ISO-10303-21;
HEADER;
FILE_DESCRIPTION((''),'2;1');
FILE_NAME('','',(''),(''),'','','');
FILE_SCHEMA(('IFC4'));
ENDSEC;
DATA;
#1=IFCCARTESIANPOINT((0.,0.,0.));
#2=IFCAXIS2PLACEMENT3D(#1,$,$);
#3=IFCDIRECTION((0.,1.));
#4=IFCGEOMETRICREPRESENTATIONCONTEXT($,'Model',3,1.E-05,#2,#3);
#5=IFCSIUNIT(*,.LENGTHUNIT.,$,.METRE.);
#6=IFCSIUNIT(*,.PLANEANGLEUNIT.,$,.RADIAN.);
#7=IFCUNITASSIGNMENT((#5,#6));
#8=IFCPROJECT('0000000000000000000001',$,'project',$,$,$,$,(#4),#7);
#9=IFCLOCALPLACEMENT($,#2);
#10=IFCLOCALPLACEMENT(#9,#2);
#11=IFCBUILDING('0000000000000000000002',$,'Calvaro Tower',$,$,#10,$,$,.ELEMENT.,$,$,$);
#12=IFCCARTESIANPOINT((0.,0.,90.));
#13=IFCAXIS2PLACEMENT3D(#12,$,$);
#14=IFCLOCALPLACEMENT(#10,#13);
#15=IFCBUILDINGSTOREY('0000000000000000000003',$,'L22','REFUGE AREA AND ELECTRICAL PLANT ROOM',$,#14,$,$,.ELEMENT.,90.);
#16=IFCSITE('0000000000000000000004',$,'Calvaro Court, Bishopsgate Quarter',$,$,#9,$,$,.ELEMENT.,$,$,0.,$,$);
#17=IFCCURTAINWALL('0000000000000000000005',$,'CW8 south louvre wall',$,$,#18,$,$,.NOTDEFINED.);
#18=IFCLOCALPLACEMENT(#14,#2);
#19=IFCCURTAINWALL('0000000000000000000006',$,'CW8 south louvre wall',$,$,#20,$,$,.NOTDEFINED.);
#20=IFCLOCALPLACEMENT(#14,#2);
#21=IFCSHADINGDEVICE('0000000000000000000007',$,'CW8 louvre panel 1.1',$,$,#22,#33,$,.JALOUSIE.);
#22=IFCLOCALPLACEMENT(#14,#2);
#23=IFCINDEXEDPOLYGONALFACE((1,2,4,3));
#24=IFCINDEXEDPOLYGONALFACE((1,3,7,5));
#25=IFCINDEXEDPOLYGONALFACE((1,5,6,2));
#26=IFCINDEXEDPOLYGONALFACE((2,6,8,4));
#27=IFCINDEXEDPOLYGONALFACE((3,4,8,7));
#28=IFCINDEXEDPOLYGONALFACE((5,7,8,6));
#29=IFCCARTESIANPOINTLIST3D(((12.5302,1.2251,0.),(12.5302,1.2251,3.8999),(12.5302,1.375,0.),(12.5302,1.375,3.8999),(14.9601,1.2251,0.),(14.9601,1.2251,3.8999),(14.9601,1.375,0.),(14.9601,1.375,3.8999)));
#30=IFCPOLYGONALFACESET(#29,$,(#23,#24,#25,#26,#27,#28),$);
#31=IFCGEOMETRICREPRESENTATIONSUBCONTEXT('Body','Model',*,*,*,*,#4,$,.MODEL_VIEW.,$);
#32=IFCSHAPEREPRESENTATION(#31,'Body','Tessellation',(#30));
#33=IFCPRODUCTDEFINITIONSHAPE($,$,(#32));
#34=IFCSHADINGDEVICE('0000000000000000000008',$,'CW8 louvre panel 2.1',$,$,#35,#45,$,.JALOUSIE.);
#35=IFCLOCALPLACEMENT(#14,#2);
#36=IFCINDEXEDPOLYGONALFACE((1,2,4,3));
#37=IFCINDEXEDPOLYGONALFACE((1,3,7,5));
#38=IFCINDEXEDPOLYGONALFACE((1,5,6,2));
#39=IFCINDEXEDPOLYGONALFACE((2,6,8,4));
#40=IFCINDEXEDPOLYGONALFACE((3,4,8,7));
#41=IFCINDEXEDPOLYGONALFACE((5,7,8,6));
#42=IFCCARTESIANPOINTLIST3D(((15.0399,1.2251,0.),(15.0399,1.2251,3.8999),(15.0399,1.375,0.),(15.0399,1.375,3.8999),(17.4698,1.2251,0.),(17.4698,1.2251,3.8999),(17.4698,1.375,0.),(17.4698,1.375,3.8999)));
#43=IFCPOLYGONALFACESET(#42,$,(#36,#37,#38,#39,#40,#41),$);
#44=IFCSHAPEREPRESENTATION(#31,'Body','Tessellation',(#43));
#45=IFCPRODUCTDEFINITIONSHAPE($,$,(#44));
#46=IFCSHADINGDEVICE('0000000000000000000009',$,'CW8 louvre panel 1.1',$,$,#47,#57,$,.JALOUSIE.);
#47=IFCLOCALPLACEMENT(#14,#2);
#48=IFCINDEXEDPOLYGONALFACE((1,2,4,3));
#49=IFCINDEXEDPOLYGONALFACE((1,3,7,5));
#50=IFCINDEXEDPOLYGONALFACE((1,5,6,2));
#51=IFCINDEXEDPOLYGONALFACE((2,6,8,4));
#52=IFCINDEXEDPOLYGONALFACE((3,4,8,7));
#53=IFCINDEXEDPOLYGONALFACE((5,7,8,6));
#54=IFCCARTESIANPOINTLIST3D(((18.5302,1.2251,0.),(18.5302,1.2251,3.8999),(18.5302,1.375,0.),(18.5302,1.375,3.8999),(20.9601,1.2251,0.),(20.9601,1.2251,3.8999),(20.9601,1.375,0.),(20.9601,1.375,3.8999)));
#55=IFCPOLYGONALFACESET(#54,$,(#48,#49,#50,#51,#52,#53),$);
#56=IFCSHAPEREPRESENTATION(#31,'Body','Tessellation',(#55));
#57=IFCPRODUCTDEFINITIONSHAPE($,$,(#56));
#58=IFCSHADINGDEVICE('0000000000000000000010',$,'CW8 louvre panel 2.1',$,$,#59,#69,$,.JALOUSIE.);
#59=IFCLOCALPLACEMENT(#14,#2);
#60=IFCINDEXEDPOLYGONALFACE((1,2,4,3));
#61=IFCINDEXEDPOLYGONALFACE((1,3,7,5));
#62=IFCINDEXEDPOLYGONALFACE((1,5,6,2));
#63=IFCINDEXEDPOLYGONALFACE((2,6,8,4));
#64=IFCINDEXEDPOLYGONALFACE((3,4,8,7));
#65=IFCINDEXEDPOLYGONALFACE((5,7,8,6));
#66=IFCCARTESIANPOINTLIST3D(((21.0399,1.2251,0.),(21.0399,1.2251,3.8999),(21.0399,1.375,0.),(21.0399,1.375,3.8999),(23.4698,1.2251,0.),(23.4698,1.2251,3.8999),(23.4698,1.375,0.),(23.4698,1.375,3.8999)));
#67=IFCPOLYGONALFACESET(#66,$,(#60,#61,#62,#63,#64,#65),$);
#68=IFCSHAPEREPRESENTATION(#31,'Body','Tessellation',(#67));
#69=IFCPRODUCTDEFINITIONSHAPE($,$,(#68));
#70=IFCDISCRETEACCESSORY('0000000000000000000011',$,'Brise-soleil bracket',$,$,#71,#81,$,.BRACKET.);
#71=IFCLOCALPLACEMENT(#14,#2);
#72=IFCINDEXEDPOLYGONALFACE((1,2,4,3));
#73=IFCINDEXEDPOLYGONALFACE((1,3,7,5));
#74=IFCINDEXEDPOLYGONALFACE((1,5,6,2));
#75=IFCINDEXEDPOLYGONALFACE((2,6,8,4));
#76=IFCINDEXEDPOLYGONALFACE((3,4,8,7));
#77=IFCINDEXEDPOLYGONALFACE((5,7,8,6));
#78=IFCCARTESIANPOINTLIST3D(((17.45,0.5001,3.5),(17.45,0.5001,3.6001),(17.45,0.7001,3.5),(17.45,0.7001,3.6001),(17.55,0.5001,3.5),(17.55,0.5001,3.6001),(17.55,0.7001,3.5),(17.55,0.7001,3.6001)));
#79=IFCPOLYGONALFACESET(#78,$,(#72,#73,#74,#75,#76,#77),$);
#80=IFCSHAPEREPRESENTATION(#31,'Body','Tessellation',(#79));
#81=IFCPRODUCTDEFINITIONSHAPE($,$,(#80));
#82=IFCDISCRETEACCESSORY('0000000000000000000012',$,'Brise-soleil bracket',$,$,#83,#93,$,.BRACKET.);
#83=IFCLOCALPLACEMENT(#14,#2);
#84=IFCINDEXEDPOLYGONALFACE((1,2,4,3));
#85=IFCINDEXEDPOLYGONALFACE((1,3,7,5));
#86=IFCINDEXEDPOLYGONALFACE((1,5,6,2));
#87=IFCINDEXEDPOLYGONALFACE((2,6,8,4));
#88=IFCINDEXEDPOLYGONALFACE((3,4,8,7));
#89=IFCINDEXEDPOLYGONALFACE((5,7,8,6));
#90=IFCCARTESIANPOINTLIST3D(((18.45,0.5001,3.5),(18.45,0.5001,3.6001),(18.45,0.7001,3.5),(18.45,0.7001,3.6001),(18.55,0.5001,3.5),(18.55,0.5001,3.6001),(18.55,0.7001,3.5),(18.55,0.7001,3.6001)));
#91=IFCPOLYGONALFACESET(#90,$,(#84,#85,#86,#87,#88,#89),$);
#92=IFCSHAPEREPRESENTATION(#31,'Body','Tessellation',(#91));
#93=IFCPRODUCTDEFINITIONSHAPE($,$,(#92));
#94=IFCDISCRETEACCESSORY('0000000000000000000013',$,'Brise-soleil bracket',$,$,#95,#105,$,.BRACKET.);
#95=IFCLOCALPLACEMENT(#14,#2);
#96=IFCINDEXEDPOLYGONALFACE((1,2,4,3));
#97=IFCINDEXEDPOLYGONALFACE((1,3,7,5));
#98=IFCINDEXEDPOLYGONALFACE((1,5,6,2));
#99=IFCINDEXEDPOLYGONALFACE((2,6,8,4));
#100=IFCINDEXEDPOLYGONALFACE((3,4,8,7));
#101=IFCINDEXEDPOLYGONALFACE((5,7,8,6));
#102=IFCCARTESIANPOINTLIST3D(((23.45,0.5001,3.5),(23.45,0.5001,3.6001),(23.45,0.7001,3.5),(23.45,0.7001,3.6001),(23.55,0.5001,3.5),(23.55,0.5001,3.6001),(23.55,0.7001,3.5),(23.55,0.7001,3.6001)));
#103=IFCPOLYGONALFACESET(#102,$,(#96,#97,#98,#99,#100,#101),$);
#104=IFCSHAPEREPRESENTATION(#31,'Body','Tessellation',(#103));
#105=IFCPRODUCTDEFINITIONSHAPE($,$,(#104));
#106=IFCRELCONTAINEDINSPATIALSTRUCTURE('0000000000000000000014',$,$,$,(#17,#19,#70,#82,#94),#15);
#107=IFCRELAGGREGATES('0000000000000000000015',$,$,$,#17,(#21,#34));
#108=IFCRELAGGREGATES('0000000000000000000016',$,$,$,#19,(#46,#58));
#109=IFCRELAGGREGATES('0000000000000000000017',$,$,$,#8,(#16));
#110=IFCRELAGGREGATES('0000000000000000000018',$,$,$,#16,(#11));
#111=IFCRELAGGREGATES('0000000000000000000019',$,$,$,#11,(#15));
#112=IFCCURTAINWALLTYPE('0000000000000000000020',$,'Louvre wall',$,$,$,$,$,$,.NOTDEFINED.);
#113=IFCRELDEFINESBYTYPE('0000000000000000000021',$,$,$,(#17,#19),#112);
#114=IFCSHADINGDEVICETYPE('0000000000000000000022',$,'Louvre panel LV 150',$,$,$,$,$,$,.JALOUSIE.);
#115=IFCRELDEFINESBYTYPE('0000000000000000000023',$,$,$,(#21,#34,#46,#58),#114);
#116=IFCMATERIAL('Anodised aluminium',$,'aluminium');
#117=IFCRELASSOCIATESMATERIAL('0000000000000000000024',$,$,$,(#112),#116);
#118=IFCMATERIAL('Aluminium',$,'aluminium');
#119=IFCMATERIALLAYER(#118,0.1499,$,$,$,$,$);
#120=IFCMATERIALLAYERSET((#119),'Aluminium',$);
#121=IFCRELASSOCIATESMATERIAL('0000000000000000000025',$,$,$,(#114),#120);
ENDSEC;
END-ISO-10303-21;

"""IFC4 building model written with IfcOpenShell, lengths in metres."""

from ifc_helpers import new_model, si_unit, direction, frame, origin, origin_2d, place, context, subcontext, project, spatial, rectangle, extrude, material, layer, layer_set, type_object, element, aggregate, save


model = new_model("IFC4")

# Units and contexts
model_context = context("Model", 3, precision=1e-05, world=origin(), true_north=direction((0.0, 1.0)))
body_context = subcontext(model_context, "Body", "Model", "MODEL_VIEW")
ifc_project = project(units=[si_unit("LENGTHUNIT", "METRE"), si_unit("PLANEANGLEUNIT", "RADIAN")], contexts=[model_context])

# Site, building, storey
site_placement = place(None, origin())
site = spatial("IfcSite", under=ifc_project, at=site_placement, Name="Calvaro Court, Bishopsgate Quarter", CompositionType="ELEMENT", RefElevation=0.0)
building_placement = place(site_placement, origin())
building = spatial("IfcBuilding", under=site, at=building_placement, Name="Calvaro Tower", CompositionType="ELEMENT")
storey_placement = place(building_placement, frame((0.0, 0.0, 90.0)))
storey = spatial("IfcBuildingStorey", under=building, at=storey_placement, Name="L22", Description="REFUGE AREA AND ELECTRICAL PLANT ROOM", CompositionType="ELEMENT", Elevation=90.0)

# Curtain walls
ifc_material_1 = material(Name="Anodised aluminium", Category="aluminium")
curtain_wall_type = type_object("IfcCurtainWallType", Name="Louvre wall", PredefinedType="NOTDEFINED", material=ifc_material_1)
curtain_wall_1_placement = place(storey_placement, origin())
curtain_wall_1 = element("IfcCurtainWall", 1, at=curtain_wall_1_placement, inside=storey, type_object=curtain_wall_type, Name="CW8 south louvre wall", PredefinedType="NOTDEFINED")
curtain_wall_2_placement = place(storey_placement, origin())
curtain_wall_2 = element("IfcCurtainWall", 2, at=curtain_wall_2_placement, inside=storey, type_object=curtain_wall_type, Name="CW8 south louvre wall", PredefinedType="NOTDEFINED")

# Shading devices
ifc_material_2 = material(Name="Aluminium", Category="aluminium")
ifc_layer = layer(ifc_material_2, 0.1499)
ifc_layer_set = layer_set([ifc_layer], Name="Aluminium")
shading_device_type_1 = type_object("IfcShadingDeviceType", Name="Louvre panel LV 150", PredefinedType="JALOUSIE", material=ifc_layer_set)
shading_device_1_placement = place(storey_placement, frame((13.7451, 1.3, 0.0), z_axis=(0.0, 0.0, 1.0), x_axis=(1.0, 0.0, 0.0)))
shading_device_1 = element("IfcShadingDevice", 3, at=shading_device_1_placement, type_object=shading_device_type_1, Name="CW8 louvre panel 1.1", PredefinedType="JALOUSIE", context=body_context, shape_type="SweptSolid", body=[
    extrude(rectangle(XDim=2.4299, YDim=0.1499, at=origin_2d()), origin(), (0.0, 0.0, 1.0), 3.8999),
])
shading_device_2_placement = place(storey_placement, frame((16.2549, 1.3, 0.0), z_axis=(0.0, 0.0, 1.0), x_axis=(1.0, 0.0, 0.0)))
shading_device_2 = element("IfcShadingDevice", 4, at=shading_device_2_placement, type_object=shading_device_type_1, Name="CW8 louvre panel 2.1", PredefinedType="JALOUSIE", context=body_context, shape_type="SweptSolid", body=[
    extrude(rectangle(XDim=2.4299, YDim=0.1499, at=origin_2d()), origin(), (0.0, 0.0, 1.0), 3.8999),
])
aggregate(curtain_wall_1, [shading_device_1, shading_device_2])
shading_device_3_placement = place(storey_placement, frame((19.7451, 1.3, 0.0), z_axis=(0.0, 0.0, 1.0), x_axis=(1.0, 0.0, 0.0)))
shading_device_3 = element("IfcShadingDevice", 5, at=shading_device_3_placement, type_object=shading_device_type_1, Name="CW8 louvre panel 1.1", PredefinedType="JALOUSIE", context=body_context, shape_type="SweptSolid", body=[
    extrude(rectangle(XDim=2.4299, YDim=0.1499, at=origin_2d()), origin(), (0.0, 0.0, 1.0), 3.8999),
])
shading_device_4_placement = place(storey_placement, frame((22.2549, 1.3, 0.0), z_axis=(0.0, 0.0, 1.0), x_axis=(1.0, 0.0, 0.0)))
shading_device_4 = element("IfcShadingDevice", 6, at=shading_device_4_placement, type_object=shading_device_type_1, Name="CW8 louvre panel 2.1", PredefinedType="JALOUSIE", context=body_context, shape_type="SweptSolid", body=[
    extrude(rectangle(XDim=2.4299, YDim=0.1499, at=origin_2d()), origin(), (0.0, 0.0, 1.0), 3.8999),
])
aggregate(curtain_wall_2, [shading_device_3, shading_device_4])

# Discrete accessories
for number, where, z_axis, x_axis, name in (
    (7, (17.5, 0.6001, 3.5), (0.0, 0.0, 1.0), (1.0, 0.0, 0.0), "Brise-soleil bracket"),
    (8, (18.5, 0.6001, 3.5), (0.0, 0.0, 1.0), (1.0, 0.0, 0.0), "Brise-soleil bracket"),
    (9, (23.5, 0.6001, 3.5), (0.0, 0.0, 1.0), (1.0, 0.0, 0.0), "Brise-soleil bracket"),
):
    element("IfcDiscreteAccessory", number, at=place(storey_placement, frame(where, z_axis=z_axis, x_axis=x_axis)), inside=storey, Name=name, PredefinedType="BRACKET", context=body_context, shape_type="SweptSolid", body=[
        extrude(rectangle(XDim=0.1001, YDim=0.2, at=origin_2d()), origin(), (0.0, 0.0, 1.0), 0.1001),
    ])

save(model, "model.ifc")
